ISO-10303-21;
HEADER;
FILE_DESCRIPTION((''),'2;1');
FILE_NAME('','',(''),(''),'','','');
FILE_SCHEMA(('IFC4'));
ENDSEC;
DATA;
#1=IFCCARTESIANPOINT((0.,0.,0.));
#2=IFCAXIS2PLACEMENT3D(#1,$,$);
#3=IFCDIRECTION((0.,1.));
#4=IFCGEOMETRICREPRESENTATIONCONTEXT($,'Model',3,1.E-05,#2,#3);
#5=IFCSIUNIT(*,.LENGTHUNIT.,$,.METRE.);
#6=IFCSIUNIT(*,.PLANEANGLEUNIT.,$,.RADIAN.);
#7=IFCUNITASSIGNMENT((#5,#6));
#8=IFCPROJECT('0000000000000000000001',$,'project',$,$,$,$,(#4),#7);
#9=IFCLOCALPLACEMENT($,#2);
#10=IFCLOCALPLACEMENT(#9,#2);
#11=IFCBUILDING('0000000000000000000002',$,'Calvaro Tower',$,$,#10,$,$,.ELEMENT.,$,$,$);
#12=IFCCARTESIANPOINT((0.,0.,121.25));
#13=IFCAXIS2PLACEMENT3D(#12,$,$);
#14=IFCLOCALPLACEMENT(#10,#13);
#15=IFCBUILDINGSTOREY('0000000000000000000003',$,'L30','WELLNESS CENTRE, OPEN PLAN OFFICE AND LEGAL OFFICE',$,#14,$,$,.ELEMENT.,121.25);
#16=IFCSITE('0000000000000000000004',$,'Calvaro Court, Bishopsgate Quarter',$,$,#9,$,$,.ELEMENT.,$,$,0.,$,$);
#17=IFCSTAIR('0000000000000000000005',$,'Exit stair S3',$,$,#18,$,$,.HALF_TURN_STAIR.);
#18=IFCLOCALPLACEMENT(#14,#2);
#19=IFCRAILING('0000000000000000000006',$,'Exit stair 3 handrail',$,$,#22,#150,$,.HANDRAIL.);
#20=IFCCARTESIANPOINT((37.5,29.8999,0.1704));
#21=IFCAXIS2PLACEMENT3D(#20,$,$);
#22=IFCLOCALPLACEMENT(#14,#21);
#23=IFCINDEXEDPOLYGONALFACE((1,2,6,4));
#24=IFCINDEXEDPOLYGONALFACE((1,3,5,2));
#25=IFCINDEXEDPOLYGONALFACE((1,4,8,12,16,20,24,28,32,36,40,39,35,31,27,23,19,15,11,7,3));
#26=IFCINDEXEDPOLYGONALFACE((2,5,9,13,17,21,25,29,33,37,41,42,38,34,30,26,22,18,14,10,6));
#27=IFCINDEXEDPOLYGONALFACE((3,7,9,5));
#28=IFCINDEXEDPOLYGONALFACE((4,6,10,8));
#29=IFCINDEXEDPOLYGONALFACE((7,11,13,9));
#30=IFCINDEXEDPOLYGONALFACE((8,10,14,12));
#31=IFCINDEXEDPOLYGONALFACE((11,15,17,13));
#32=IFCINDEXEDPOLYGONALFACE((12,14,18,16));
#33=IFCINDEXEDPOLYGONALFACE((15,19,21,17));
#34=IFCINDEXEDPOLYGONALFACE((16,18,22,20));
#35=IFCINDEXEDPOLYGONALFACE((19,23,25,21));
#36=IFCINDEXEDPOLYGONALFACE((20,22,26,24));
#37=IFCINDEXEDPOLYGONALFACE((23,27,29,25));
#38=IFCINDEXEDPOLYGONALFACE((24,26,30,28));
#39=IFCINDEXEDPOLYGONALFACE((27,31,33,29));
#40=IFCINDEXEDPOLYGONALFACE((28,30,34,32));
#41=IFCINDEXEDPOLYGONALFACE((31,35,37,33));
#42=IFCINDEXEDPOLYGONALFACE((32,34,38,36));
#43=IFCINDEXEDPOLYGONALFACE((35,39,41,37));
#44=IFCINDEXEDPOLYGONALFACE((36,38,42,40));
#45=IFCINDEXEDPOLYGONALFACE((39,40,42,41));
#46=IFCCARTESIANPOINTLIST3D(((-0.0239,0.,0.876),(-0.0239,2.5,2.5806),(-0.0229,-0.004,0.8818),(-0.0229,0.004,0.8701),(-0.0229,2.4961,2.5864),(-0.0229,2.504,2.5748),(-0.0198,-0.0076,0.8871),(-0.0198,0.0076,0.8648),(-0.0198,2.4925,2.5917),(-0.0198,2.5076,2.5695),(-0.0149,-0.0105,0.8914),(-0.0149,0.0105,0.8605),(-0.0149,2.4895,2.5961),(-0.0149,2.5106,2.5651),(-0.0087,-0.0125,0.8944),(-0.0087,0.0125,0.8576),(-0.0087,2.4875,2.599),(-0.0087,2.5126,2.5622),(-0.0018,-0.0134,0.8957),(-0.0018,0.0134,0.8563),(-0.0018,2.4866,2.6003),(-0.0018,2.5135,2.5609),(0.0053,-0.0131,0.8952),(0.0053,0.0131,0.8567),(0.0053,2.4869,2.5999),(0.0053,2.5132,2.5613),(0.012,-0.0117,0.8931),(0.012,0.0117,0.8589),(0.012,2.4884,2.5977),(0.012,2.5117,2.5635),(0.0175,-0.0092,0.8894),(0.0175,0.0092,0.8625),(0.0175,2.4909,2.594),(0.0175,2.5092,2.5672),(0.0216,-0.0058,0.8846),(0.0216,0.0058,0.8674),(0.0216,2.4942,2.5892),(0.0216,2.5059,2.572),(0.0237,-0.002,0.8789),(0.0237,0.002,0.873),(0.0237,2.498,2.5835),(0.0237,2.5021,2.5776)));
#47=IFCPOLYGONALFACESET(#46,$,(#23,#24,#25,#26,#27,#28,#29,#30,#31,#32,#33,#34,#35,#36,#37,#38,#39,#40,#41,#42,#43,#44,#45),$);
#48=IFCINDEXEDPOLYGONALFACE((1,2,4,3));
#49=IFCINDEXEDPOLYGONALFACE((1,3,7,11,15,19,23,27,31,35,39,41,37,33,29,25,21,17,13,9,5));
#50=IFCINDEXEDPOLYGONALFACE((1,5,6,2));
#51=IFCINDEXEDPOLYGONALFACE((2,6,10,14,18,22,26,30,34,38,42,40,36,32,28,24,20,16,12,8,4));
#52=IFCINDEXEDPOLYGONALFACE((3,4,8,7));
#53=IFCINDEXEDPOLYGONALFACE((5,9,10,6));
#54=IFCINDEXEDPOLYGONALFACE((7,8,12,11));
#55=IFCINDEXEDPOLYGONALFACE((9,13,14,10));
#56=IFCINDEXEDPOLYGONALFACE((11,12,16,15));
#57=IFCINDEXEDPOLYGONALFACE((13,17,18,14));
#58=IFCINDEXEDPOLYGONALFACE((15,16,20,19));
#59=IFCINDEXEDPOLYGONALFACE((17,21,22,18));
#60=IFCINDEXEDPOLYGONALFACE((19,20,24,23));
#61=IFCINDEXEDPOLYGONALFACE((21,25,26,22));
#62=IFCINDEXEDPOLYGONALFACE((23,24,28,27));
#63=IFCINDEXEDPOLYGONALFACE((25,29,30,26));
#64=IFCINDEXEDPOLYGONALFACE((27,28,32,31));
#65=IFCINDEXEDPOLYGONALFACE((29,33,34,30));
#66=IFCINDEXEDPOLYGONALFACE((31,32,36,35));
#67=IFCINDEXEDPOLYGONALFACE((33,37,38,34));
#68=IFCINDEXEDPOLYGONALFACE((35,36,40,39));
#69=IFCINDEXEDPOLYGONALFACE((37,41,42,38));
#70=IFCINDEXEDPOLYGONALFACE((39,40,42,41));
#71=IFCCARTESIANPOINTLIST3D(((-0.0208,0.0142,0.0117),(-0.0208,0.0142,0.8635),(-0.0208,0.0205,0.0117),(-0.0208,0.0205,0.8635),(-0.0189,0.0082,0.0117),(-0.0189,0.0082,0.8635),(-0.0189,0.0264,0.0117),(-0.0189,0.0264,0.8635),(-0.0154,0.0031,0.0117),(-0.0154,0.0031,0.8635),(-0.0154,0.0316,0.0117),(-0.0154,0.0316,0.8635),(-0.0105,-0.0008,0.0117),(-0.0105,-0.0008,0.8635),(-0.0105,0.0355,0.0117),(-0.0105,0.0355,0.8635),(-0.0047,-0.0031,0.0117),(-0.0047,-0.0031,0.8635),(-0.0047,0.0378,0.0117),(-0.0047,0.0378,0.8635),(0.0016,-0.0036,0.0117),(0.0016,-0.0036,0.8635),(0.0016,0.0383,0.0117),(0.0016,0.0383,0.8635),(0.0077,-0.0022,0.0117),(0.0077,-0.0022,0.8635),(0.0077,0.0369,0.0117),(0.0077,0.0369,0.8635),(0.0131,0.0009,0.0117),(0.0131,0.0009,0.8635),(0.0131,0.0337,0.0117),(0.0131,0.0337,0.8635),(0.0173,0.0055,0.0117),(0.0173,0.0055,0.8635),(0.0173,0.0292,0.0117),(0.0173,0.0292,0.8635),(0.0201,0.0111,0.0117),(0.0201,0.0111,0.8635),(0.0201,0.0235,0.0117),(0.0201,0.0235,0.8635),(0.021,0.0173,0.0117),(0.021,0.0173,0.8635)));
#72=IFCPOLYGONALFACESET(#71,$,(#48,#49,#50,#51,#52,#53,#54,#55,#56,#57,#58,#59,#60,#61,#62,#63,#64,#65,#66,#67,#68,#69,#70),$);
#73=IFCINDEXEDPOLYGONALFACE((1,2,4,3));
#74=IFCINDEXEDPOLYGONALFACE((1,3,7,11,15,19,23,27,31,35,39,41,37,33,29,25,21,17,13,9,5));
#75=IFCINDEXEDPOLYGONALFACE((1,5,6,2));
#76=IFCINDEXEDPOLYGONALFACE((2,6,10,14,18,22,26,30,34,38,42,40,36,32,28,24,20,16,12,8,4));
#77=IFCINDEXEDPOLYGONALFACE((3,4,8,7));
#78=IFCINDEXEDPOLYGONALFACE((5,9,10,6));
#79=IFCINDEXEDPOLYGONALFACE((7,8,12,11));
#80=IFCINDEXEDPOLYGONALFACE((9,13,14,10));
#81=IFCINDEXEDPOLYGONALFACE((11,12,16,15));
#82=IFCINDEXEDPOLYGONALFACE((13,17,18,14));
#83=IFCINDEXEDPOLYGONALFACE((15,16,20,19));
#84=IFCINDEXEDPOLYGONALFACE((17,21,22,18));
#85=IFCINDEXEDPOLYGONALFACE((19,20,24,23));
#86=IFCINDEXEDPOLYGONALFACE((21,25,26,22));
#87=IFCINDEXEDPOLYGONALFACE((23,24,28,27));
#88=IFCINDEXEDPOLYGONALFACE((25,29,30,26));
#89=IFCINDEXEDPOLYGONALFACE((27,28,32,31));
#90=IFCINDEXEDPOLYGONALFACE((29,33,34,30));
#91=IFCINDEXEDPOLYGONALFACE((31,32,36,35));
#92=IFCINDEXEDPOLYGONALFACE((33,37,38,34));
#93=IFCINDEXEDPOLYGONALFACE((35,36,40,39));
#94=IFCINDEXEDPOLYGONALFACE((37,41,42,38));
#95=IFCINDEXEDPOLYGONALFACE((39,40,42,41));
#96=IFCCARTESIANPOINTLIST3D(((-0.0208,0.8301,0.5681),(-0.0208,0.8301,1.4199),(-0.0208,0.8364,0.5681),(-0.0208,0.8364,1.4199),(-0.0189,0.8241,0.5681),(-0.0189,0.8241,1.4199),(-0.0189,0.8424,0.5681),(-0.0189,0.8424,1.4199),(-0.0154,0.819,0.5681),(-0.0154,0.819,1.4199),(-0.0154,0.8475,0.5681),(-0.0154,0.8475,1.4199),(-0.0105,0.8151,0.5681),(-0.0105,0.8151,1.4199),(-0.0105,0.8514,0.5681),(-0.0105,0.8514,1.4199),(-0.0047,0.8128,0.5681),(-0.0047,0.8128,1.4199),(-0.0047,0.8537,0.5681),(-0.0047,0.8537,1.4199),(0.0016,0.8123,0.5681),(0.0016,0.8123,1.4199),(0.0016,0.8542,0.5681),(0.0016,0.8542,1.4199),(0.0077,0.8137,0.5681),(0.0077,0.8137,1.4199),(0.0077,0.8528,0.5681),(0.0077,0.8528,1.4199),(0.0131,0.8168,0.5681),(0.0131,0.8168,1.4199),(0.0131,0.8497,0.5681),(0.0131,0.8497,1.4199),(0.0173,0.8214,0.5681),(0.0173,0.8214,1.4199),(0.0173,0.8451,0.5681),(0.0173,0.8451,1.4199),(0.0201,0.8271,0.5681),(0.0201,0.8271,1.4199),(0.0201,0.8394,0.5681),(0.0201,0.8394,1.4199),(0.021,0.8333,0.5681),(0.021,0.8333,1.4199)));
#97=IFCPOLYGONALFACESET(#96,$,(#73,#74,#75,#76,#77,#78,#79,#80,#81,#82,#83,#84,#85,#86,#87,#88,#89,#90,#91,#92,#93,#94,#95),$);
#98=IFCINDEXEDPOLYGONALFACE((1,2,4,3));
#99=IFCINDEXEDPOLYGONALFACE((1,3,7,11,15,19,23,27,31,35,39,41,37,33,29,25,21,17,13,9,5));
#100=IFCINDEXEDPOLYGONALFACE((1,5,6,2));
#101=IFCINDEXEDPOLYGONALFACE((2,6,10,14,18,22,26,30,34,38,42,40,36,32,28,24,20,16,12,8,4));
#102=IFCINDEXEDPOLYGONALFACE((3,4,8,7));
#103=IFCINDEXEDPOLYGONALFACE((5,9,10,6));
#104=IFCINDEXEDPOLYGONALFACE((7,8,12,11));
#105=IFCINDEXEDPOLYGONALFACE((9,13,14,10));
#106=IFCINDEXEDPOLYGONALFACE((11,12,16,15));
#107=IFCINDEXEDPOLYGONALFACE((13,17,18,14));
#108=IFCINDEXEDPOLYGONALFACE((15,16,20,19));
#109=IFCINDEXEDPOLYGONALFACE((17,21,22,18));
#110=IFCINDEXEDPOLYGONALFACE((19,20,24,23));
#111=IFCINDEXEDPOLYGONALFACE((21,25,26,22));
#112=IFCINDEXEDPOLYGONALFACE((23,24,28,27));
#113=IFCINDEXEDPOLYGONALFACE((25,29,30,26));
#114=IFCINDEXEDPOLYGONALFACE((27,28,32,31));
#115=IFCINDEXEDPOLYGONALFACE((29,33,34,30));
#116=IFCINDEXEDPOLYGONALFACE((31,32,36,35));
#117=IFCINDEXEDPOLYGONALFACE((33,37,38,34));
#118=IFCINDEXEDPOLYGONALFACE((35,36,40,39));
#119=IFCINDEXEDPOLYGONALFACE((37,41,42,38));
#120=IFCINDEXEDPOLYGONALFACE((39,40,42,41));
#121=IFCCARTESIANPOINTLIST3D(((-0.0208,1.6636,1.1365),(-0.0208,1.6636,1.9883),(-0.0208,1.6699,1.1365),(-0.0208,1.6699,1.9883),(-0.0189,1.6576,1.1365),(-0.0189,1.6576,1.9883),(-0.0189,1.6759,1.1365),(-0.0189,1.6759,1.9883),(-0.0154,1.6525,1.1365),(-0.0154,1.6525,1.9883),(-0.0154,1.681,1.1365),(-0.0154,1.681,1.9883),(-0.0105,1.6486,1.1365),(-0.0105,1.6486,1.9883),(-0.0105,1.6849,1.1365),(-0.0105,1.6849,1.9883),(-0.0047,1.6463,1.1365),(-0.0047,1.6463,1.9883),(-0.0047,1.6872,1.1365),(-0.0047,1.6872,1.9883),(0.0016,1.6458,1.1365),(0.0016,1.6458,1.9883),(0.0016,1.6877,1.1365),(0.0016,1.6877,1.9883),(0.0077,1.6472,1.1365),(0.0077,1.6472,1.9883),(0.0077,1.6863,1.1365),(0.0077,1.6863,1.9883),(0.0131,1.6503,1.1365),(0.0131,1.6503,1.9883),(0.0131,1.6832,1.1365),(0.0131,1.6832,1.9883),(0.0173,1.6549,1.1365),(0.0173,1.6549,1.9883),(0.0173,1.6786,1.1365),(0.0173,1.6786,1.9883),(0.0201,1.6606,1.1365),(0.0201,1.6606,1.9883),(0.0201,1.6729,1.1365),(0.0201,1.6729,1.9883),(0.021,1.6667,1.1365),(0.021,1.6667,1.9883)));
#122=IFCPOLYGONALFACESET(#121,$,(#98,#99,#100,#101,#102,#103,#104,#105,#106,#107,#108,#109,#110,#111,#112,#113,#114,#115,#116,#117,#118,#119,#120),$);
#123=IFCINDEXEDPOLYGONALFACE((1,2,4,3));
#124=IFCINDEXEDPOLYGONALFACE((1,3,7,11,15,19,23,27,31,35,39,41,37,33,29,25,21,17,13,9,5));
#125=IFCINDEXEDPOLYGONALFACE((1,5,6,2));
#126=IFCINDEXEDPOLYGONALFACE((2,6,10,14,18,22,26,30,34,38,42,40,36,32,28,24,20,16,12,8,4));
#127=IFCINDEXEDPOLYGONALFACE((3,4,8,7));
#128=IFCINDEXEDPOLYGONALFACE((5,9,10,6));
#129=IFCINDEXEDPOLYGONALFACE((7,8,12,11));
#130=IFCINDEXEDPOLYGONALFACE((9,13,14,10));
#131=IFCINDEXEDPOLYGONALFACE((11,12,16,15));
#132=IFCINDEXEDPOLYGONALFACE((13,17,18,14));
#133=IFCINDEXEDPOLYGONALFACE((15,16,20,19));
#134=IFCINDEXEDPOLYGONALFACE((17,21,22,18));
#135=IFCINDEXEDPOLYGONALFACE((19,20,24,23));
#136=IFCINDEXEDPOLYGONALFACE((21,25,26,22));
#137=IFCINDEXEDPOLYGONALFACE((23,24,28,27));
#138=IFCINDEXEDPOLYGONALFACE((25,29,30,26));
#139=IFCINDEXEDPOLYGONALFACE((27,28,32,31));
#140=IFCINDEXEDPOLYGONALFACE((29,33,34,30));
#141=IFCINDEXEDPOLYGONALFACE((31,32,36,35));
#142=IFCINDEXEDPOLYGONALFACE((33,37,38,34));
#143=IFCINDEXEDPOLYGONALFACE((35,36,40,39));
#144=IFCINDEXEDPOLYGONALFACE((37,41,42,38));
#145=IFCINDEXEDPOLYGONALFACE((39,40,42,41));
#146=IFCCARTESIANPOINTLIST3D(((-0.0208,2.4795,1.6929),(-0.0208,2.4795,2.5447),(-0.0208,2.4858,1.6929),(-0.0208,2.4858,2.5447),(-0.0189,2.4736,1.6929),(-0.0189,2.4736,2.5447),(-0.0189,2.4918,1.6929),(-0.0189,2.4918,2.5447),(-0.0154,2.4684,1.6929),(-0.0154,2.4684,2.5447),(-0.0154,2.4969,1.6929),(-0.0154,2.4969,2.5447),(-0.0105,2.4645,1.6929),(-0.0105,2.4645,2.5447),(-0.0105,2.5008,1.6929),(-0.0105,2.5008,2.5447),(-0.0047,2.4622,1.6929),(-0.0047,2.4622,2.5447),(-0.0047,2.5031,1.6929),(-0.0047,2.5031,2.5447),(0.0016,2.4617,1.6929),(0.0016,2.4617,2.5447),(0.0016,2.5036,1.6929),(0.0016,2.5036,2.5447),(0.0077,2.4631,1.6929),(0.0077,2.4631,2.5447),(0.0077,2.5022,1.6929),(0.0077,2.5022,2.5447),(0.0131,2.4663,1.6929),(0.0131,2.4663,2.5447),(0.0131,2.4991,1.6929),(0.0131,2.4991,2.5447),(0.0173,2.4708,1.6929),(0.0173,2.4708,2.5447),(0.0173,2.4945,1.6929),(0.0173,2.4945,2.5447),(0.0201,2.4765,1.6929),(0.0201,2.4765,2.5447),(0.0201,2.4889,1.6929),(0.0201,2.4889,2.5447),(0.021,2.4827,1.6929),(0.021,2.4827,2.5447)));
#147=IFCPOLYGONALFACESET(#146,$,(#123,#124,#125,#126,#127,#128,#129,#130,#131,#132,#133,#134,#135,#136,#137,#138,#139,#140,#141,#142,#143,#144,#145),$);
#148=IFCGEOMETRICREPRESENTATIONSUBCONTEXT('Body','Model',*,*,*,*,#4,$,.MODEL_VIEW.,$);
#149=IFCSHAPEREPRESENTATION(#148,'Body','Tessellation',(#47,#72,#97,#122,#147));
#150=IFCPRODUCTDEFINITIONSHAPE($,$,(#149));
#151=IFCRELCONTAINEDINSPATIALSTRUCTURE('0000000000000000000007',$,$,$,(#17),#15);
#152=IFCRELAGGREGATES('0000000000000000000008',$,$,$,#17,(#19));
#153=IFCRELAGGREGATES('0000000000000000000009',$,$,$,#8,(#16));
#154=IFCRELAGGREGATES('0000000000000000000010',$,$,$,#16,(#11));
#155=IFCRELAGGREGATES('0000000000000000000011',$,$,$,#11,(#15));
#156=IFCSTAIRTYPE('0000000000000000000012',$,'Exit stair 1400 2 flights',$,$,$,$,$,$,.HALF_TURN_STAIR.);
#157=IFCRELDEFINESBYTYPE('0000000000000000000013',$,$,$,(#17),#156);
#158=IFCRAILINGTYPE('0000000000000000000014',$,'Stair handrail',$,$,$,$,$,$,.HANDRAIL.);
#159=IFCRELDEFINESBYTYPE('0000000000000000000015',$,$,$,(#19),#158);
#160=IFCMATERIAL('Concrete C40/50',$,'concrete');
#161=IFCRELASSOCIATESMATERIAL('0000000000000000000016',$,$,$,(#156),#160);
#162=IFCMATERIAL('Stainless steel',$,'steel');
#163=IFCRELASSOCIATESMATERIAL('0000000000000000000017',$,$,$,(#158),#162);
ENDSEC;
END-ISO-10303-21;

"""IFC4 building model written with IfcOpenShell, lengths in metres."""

from ifc_helpers import new_model, si_unit, direction, frame, origin, origin_2d, place, context, subcontext, project, spatial, circle, extrude, material, type_object, element, aggregate, save


model = new_model("IFC4")

# Units and contexts
model_context = context("Model", 3, precision=1e-05, world=origin(), true_north=direction((0.0, 1.0)))
body_context = subcontext(model_context, "Body", "Model", "MODEL_VIEW")
ifc_project = project(units=[si_unit("LENGTHUNIT", "METRE"), si_unit("PLANEANGLEUNIT", "RADIAN")], contexts=[model_context])

# Site, building, storey
site_placement = place(None, origin())
site = spatial("IfcSite", under=ifc_project, at=site_placement, Name="Calvaro Court, Bishopsgate Quarter", CompositionType="ELEMENT", RefElevation=0.0)
building_placement = place(site_placement, origin())
building = spatial("IfcBuilding", under=site, at=building_placement, Name="Calvaro Tower", CompositionType="ELEMENT")
storey_placement = place(building_placement, frame((0.0, 0.0, 121.25)))
storey = spatial("IfcBuildingStorey", under=building, at=storey_placement, Name="L30", Description="WELLNESS CENTRE, OPEN PLAN OFFICE AND LEGAL OFFICE", CompositionType="ELEMENT", Elevation=121.25)

# Stair
ifc_material_1 = material(Name="Concrete C40/50", Category="concrete")
stair_type = type_object("IfcStairType", Name="Exit stair 1400 2 flights", PredefinedType="HALF_TURN_STAIR", material=ifc_material_1)
stair_1_placement = place(storey_placement, origin())
stair_1 = element("IfcStair", 1, at=stair_1_placement, inside=storey, type_object=stair_type, Name="Exit stair S3", PredefinedType="HALF_TURN_STAIR")

# Railing
ifc_material_2 = material(Name="Stainless steel", Category="steel")
railing_type = type_object("IfcRailingType", Name="Stair handrail", PredefinedType="HANDRAIL", material=ifc_material_2)
railing_1_placement = place(storey_placement, frame((37.5, 29.8999, 0.1704)))
railing_1 = element("IfcRailing", 2, at=railing_1_placement, type_object=railing_type, Name="Exit stair 3 handrail", PredefinedType="HANDRAIL", context=body_context, shape_type="SweptSolid", body=[
    extrude(circle(Radius=0.0239, at=origin_2d()), frame((0.0, 0.0, 0.876), z_axis=(0.0, 0.826221, 0.563347), x_axis=(-1.0, 0.0, 0.0)), (0.0, 0.0, 1.0), 3.0259),
    extrude(circle(Radius=0.021, at=origin_2d()), frame((0.0, 0.0173, 0.0117)), (0.0, 0.0, 1.0), 0.8518),
    extrude(circle(Radius=0.021, at=origin_2d()), frame((0.0, 0.8333, 0.5681)), (0.0, 0.0, 1.0), 0.8518),
    extrude(circle(Radius=0.021, at=origin_2d()), frame((0.0, 1.6667, 1.1365)), (0.0, 0.0, 1.0), 0.8518),
    extrude(circle(Radius=0.021, at=origin_2d()), frame((0.0, 2.4827, 1.6929)), (0.0, 0.0, 1.0), 0.8518),
])
aggregate(stair_1, [railing_1])

save(model, "model.ifc")
